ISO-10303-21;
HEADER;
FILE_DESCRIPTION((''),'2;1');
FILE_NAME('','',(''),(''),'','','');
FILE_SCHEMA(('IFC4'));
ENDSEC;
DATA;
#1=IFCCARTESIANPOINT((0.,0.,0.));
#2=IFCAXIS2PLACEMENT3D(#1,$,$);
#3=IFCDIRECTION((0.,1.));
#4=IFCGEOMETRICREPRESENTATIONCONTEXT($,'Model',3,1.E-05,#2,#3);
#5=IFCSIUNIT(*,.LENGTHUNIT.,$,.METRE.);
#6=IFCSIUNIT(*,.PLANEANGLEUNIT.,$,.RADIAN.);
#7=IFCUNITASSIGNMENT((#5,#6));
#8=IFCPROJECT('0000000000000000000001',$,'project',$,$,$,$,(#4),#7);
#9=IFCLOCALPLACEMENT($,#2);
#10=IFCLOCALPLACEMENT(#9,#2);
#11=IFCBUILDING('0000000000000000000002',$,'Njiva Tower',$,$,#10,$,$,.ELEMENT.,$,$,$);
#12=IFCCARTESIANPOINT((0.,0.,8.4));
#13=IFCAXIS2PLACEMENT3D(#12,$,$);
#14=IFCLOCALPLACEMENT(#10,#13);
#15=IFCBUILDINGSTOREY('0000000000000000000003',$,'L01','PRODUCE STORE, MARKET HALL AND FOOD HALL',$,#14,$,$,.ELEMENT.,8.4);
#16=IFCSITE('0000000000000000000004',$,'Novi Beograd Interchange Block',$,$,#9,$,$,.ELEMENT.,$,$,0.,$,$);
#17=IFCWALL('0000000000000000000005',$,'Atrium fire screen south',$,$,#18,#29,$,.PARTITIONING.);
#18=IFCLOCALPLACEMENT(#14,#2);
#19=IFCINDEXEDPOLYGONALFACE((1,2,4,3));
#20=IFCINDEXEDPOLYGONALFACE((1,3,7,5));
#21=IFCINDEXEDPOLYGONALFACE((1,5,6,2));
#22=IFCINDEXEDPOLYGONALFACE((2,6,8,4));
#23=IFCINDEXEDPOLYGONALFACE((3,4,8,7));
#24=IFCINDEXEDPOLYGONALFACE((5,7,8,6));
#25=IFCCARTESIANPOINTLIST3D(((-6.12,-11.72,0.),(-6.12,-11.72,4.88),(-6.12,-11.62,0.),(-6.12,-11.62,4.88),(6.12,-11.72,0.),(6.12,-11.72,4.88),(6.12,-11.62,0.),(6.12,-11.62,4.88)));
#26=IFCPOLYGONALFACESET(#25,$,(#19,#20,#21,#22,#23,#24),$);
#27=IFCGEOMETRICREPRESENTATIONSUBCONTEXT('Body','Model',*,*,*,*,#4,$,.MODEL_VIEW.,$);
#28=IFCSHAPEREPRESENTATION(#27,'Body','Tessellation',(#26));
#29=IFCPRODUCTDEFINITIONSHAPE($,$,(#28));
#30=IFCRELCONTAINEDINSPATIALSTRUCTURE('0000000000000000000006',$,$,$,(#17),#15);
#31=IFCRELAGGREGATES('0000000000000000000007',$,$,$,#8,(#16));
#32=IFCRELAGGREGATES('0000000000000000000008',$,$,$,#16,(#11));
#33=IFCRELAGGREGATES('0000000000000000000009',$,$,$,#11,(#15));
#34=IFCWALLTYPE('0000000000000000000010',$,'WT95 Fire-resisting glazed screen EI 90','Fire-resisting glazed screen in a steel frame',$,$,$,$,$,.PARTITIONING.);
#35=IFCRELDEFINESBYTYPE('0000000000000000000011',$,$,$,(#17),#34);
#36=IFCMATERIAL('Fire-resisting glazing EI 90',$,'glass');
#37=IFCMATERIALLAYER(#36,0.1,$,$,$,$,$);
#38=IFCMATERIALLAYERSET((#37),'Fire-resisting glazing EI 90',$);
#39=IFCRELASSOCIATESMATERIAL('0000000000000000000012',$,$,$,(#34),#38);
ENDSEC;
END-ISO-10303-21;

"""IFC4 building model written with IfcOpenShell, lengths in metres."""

from ifc_helpers import new_model, si_unit, direction, frame, frame_2d, origin, place, context, subcontext, project, spatial, rectangle, extrude, material, layer, layer_set, type_object, element, save


model = new_model("IFC4")

# Units and contexts
model_context = context("Model", 3, precision=1e-05, world=origin(), true_north=direction((0.0, 1.0)))
body_context = subcontext(model_context, "Body", "Model", "MODEL_VIEW")
ifc_project = project(units=[si_unit("LENGTHUNIT", "METRE"), si_unit("PLANEANGLEUNIT", "RADIAN")], contexts=[model_context])

# Site, building, storey
site_placement = place(None, origin())
site = spatial("IfcSite", under=ifc_project, at=site_placement, Name="Novi Beograd Interchange Block", CompositionType="ELEMENT", RefElevation=0.0)
building_placement = place(site_placement, origin())
building = spatial("IfcBuilding", under=site, at=building_placement, Name="Njiva Tower", CompositionType="ELEMENT")
storey_placement = place(building_placement, frame((0.0, 0.0, 8.4)))
storey = spatial("IfcBuildingStorey", under=building, at=storey_placement, Name="L01", Description="PRODUCE STORE, MARKET HALL AND FOOD HALL", CompositionType="ELEMENT", Elevation=8.4)

# Wall
ifc_material_1 = material(Name="Fire-resisting glazing EI 90", Category="glass")
ifc_layer_1 = layer(ifc_material_1, 0.1)
ifc_layer_set_1 = layer_set([ifc_layer_1], Name="Fire-resisting glazing EI 90")
wall_type_1 = type_object("IfcWallType", Name="WT95 Fire-resisting glazed screen EI 90", Description="Fire-resisting glazed screen in a steel frame", PredefinedType="PARTITIONING", material=ifc_layer_set_1)
wall_1_placement = place(storey_placement, frame((-6.12, -11.67, 0.0), z_axis=(0.0, 0.0, 1.0), x_axis=(1.0, 0.0, 0.0)))
element("IfcWall", 1, at=wall_1_placement, inside=storey, type_object=wall_type_1, Name="Atrium fire screen south", PredefinedType="PARTITIONING", context=body_context, shape_type="SweptSolid", body=[
    extrude(rectangle(XDim=12.24, YDim=0.1, at=frame_2d((6.12, 0.0))), origin(), (0.0, 0.0, 1.0), 4.88),
])

save(model, "model.ifc")
